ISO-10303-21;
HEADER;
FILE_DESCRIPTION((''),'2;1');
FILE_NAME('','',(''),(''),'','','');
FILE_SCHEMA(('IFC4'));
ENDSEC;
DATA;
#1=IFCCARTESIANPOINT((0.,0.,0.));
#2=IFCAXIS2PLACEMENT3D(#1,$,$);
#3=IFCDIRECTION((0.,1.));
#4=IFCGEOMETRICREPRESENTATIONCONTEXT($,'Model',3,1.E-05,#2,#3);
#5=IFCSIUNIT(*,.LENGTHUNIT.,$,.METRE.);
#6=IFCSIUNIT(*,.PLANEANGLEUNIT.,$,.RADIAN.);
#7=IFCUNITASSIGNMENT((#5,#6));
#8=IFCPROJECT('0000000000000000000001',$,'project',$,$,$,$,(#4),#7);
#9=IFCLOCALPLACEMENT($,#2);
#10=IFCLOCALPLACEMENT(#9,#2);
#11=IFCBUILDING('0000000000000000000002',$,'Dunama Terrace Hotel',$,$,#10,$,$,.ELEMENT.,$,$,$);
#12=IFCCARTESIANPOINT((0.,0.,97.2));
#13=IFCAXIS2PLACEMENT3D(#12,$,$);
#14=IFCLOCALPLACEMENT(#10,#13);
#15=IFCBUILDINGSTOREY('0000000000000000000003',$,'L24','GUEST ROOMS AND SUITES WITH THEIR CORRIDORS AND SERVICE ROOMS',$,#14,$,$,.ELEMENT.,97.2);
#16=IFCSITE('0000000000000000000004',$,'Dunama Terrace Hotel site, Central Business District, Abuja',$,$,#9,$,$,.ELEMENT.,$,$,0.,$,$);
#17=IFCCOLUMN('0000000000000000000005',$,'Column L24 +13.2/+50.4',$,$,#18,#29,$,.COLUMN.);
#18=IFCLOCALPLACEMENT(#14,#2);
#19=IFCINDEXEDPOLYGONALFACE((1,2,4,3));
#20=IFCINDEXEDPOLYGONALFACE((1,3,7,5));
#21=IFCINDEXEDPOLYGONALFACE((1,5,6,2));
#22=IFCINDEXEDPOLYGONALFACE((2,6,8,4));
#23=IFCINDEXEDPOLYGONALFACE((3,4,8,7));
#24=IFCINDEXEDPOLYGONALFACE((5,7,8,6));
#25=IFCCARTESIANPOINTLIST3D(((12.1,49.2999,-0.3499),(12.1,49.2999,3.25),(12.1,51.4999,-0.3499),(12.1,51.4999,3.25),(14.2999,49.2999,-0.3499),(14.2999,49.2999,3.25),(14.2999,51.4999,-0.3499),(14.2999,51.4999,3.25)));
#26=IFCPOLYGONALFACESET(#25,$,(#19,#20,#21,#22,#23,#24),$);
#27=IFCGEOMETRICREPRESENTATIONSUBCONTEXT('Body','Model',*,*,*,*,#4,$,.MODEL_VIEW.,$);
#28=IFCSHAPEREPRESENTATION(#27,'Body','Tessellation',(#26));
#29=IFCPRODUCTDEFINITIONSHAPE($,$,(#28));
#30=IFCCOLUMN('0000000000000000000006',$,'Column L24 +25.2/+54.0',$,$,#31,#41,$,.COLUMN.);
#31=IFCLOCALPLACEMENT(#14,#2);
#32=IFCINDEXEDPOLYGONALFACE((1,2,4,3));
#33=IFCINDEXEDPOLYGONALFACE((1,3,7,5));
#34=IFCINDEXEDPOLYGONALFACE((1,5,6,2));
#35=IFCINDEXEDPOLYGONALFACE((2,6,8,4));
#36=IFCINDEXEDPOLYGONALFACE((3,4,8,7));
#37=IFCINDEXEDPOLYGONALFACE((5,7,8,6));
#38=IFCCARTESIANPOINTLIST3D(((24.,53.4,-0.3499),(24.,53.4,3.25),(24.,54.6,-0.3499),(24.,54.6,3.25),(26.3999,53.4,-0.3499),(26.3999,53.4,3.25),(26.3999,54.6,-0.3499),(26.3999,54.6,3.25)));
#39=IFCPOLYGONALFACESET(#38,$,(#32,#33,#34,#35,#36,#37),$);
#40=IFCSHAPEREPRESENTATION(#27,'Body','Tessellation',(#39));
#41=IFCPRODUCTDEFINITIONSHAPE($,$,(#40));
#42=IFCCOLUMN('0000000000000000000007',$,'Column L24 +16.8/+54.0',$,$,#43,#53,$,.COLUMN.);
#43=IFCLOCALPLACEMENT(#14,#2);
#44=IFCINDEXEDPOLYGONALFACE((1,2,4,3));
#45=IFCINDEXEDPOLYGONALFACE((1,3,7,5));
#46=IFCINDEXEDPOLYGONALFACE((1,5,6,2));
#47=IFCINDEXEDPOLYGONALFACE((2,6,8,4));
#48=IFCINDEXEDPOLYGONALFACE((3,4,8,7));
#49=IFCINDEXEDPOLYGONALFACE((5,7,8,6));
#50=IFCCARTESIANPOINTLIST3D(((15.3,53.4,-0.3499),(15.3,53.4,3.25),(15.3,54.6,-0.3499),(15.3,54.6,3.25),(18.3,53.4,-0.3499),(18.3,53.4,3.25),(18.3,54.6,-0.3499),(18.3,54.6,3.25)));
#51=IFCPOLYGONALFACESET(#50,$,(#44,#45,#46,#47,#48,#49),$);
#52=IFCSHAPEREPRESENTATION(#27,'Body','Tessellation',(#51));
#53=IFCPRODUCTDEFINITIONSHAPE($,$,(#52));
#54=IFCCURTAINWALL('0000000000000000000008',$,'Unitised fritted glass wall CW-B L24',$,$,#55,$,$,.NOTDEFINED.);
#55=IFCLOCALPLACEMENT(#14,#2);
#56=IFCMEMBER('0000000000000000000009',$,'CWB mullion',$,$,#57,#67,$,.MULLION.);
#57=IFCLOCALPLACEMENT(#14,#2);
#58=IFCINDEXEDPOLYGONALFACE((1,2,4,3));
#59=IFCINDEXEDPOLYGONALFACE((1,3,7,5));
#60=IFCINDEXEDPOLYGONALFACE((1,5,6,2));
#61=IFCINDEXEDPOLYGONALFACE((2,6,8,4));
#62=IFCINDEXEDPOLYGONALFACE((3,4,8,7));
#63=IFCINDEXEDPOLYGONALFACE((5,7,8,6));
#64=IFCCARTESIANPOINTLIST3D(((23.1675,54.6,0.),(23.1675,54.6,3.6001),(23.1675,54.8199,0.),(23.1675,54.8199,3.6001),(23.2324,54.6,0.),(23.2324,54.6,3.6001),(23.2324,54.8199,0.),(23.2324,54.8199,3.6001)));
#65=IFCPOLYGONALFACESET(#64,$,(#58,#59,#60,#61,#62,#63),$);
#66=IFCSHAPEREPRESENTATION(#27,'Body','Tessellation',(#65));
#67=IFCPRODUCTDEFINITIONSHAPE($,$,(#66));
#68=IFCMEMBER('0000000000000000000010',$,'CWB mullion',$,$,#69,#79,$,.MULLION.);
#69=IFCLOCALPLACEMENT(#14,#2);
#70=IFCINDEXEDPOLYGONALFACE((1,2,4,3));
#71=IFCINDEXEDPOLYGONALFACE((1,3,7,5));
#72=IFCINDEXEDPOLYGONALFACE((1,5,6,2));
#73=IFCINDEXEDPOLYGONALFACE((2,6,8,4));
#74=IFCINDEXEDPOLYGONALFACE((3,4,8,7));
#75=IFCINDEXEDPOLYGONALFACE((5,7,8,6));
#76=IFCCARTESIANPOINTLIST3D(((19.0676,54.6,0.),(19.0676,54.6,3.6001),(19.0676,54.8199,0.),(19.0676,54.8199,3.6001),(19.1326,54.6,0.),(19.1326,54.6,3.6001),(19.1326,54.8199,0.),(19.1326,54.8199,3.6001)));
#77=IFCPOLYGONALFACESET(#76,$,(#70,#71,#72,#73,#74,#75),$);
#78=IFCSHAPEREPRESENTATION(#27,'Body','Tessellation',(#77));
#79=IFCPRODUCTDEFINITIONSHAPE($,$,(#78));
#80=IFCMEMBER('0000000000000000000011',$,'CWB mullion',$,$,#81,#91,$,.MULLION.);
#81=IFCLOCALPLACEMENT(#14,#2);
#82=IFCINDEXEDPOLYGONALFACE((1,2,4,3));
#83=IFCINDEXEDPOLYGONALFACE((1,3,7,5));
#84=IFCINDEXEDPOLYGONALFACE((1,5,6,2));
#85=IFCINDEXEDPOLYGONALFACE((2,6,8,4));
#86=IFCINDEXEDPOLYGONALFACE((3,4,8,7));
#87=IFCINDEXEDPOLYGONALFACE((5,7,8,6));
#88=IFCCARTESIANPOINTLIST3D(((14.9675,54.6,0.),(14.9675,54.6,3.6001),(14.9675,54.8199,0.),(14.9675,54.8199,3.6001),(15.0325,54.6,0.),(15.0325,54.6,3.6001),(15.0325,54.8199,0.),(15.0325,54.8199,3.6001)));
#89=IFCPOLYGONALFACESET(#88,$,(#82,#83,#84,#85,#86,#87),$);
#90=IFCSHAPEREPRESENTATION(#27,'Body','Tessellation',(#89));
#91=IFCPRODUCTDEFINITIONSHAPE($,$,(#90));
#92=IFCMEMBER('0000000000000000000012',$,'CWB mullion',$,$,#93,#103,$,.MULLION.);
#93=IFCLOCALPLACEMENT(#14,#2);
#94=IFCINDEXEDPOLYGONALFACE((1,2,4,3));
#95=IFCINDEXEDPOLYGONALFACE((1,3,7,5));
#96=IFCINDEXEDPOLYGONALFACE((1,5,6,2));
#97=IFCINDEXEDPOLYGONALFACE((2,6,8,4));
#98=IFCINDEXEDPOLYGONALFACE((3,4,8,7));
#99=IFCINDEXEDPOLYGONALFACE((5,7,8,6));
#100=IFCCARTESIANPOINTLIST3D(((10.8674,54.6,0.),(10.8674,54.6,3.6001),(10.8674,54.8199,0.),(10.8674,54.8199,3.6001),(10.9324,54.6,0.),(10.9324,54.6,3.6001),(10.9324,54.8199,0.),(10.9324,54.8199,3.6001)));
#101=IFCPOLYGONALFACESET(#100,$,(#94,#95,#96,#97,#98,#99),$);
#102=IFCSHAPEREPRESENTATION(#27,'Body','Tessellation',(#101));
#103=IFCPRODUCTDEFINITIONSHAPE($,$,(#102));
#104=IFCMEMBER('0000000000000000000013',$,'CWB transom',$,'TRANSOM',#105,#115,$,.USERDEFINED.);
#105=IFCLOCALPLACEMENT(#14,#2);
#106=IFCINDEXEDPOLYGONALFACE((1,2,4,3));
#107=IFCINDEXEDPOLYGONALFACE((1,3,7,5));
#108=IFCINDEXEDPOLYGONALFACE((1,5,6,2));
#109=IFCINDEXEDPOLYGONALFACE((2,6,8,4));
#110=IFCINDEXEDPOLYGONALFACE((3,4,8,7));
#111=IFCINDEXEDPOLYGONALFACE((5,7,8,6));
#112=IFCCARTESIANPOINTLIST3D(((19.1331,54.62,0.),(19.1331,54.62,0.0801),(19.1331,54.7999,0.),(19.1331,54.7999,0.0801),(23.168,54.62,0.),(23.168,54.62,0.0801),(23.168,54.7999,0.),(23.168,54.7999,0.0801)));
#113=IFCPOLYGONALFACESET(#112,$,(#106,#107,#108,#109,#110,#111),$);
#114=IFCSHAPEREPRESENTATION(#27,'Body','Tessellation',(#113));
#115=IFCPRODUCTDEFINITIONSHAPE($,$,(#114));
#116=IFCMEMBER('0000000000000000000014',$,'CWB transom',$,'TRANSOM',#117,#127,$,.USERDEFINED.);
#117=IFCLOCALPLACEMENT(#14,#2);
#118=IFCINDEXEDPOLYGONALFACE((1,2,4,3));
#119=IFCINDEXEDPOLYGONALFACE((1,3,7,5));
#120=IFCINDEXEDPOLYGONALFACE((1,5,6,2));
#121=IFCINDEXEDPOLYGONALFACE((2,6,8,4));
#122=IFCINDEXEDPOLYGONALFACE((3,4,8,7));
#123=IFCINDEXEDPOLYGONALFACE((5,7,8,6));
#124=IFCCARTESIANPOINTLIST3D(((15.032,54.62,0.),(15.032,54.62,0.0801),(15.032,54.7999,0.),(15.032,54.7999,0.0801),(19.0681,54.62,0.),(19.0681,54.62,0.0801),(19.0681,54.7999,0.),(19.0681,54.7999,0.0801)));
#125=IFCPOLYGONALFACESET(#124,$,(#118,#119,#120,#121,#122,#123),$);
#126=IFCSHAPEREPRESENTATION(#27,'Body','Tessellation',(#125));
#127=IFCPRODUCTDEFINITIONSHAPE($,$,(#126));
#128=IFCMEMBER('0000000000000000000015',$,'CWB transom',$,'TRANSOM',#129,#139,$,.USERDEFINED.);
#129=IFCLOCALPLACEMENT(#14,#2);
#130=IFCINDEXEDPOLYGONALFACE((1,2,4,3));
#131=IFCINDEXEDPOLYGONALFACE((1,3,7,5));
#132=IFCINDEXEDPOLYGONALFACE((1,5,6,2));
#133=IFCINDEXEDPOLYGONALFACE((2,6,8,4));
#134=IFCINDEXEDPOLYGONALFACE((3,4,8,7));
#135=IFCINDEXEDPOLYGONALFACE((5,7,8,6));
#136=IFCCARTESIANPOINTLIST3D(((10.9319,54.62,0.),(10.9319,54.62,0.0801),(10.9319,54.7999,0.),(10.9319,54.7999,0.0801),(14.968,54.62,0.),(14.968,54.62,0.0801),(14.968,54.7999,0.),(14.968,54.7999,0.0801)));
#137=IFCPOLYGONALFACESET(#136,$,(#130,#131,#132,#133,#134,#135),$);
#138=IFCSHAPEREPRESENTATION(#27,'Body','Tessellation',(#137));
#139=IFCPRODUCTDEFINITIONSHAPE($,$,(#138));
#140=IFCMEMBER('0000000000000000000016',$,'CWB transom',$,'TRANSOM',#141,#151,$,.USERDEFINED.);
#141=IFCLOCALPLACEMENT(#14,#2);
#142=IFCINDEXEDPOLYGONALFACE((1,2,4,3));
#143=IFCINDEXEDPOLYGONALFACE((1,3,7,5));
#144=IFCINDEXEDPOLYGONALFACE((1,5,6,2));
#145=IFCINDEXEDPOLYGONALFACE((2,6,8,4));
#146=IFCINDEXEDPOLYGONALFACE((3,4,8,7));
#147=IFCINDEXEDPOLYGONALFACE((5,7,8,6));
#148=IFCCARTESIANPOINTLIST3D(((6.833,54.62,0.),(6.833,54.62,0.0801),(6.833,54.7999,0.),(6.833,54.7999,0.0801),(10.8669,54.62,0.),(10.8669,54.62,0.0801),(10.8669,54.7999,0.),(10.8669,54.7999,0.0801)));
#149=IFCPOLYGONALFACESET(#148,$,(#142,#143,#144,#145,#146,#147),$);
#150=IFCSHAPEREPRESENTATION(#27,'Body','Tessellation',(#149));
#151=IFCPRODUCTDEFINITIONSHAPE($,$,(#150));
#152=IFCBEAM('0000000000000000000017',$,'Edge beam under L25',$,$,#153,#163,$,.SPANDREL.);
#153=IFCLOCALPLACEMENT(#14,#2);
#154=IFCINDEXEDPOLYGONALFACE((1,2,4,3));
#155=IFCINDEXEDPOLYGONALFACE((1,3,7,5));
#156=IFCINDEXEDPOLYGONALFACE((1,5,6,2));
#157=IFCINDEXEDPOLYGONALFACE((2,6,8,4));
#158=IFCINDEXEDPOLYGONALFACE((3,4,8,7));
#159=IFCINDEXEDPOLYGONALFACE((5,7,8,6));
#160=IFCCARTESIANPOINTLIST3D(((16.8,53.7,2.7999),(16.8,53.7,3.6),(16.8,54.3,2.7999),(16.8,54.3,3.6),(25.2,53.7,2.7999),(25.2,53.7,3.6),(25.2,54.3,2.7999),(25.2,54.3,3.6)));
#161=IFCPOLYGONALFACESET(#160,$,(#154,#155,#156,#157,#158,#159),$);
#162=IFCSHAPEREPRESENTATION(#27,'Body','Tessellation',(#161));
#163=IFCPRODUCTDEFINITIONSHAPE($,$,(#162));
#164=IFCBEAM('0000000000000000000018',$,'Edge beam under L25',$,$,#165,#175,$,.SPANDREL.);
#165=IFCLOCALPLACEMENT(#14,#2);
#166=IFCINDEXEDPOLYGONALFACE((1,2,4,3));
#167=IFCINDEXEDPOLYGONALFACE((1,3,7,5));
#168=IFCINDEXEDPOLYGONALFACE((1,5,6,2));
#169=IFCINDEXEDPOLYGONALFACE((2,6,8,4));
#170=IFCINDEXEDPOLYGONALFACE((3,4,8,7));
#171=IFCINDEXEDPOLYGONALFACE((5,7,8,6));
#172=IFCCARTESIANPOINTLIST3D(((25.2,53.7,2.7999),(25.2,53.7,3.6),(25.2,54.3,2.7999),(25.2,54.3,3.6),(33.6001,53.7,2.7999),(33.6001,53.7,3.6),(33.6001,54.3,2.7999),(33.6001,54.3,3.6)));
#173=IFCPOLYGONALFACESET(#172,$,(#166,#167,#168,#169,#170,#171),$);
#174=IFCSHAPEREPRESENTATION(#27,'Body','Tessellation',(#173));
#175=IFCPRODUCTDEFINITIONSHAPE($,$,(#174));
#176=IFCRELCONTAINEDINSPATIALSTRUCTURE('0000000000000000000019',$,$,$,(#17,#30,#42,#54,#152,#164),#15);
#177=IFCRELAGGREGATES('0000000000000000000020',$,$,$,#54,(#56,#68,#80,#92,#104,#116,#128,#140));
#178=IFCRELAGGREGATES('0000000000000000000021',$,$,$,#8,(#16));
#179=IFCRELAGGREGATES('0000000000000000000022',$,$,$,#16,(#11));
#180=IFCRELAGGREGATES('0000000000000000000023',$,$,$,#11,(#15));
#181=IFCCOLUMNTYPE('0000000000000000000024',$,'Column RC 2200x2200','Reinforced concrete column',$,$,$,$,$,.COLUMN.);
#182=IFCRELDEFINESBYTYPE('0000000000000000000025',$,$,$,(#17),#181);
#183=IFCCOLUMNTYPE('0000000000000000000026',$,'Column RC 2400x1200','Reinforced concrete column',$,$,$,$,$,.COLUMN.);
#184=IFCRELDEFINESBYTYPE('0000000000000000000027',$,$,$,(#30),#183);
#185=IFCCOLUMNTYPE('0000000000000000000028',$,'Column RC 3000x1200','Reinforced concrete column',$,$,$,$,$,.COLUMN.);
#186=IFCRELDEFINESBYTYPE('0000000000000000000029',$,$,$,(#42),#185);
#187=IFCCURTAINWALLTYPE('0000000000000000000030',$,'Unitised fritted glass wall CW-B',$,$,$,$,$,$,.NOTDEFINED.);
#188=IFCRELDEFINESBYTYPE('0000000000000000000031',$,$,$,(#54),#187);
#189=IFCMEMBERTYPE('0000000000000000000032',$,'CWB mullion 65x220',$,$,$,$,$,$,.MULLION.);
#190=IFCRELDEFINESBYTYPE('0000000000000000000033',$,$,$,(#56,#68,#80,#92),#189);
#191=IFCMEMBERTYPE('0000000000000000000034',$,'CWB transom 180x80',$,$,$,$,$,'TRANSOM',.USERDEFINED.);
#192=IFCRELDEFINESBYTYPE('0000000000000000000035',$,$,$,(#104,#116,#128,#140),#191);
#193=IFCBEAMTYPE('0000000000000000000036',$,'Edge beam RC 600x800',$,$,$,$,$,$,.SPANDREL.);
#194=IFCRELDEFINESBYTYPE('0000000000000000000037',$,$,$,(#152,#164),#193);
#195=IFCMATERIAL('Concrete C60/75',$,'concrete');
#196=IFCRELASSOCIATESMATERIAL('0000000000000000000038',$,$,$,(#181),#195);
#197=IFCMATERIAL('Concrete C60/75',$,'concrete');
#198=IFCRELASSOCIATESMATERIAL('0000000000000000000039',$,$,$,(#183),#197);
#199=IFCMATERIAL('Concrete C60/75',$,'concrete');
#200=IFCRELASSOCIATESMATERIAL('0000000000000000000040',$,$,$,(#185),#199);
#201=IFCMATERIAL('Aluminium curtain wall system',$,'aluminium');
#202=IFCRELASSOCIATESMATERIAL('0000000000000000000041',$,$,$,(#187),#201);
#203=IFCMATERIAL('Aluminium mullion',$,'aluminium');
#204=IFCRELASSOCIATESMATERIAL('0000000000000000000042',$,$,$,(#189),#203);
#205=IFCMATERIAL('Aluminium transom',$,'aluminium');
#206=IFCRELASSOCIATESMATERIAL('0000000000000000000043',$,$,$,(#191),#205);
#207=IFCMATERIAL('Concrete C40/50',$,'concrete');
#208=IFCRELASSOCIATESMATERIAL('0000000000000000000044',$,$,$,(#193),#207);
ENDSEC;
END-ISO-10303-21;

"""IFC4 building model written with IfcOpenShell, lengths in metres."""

from ifc_helpers import new_model, si_unit, direction, frame, origin, origin_2d, place, context, subcontext, project, spatial, rectangle, extrude, material, material_profile, profile_set, type_object, element, aggregate, save


model = new_model("IFC4")

# Units and contexts
model_context = context("Model", 3, precision=1e-05, world=origin(), true_north=direction((0.0, 1.0)))
body_context = subcontext(model_context, "Body", "Model", "MODEL_VIEW")
ifc_project = project(units=[si_unit("LENGTHUNIT", "METRE"), si_unit("PLANEANGLEUNIT", "RADIAN")], contexts=[model_context])

# Site, building, storey
site_placement = place(None, origin())
site = spatial("IfcSite", under=ifc_project, at=site_placement, Name="Dunama Terrace Hotel site, Central Business District, Abuja", CompositionType="ELEMENT", RefElevation=0.0)
building_placement = place(site_placement, origin())
building = spatial("IfcBuilding", under=site, at=building_placement, Name="Dunama Terrace Hotel", CompositionType="ELEMENT")
storey_placement = place(building_placement, frame((0.0, 0.0, 97.2)))
storey = spatial("IfcBuildingStorey", under=building, at=storey_placement, Name="L24", Description="GUEST ROOMS AND SUITES WITH THEIR CORRIDORS AND SERVICE ROOMS", CompositionType="ELEMENT", Elevation=97.2)

# Columns
ifc_material_1 = material(Name="Concrete C60/75", Category="concrete")
ifc_material_profile_1 = material_profile(ifc_material_1, rectangle(XDim=2.2, YDim=2.2, at=origin_2d()), Name="RC 2200x2200")
ifc_profile_set_1 = profile_set([ifc_material_profile_1], Name="Concrete C60/75")
column_type_1 = type_object("IfcColumnType", Name="Column RC 2200x2200", Description="Reinforced concrete column", PredefinedType="COLUMN", material=ifc_profile_set_1)
column_1_placement = place(storey_placement, frame((13.2, 50.3999, -0.3499), z_axis=(0.0, 0.0, 1.0), x_axis=(1.0, 0.0, 0.0)))
element("IfcColumn", 1, at=column_1_placement, inside=storey, type_object=column_type_1, Name="Column L24 +13.2/+50.4", PredefinedType="COLUMN", context=body_context, shape_type="SweptSolid", body=[
    extrude(rectangle(XDim=2.2, YDim=2.2, at=origin_2d()), origin(), (0.0, 0.0, 1.0), 3.5999),
])
ifc_material_2 = material(Name="Concrete C60/75", Category="concrete")
ifc_material_profile_2 = material_profile(ifc_material_2, rectangle(XDim=2.3999, YDim=1.2, at=origin_2d()), Name="RC 2400x1200")
ifc_profile_set_2 = profile_set([ifc_material_profile_2], Name="Concrete C60/75")
column_type_2 = type_object("IfcColumnType", Name="Column RC 2400x1200", Description="Reinforced concrete column", PredefinedType="COLUMN", material=ifc_profile_set_2)
column_2_placement = place(storey_placement, frame((25.2, 54.0, -0.3499), z_axis=(0.0, 0.0, 1.0), x_axis=(1.0, 0.0, 0.0)))
element("IfcColumn", 2, at=column_2_placement, inside=storey, type_object=column_type_2, Name="Column L24 +25.2/+54.0", PredefinedType="COLUMN", context=body_context, shape_type="SweptSolid", body=[
    extrude(rectangle(XDim=2.3999, YDim=1.2, at=origin_2d()), origin(), (0.0, 0.0, 1.0), 3.5999),
])
ifc_material_3 = material(Name="Concrete C60/75", Category="concrete")
ifc_material_profile_3 = material_profile(ifc_material_3, rectangle(XDim=3.0, YDim=1.2, at=origin_2d()), Name="RC 3000x1200")
ifc_profile_set_3 = profile_set([ifc_material_profile_3], Name="Concrete C60/75")
column_type_3 = type_object("IfcColumnType", Name="Column RC 3000x1200", Description="Reinforced concrete column", PredefinedType="COLUMN", material=ifc_profile_set_3)
column_3_placement = place(storey_placement, frame((16.8, 54.0, -0.3499), z_axis=(0.0, 0.0, 1.0), x_axis=(1.0, 0.0, 0.0)))
element("IfcColumn", 3, at=column_3_placement, inside=storey, type_object=column_type_3, Name="Column L24 +16.8/+54.0", PredefinedType="COLUMN", context=body_context, shape_type="SweptSolid", body=[
    extrude(rectangle(XDim=3.0, YDim=1.2, at=origin_2d()), origin(), (0.0, 0.0, 1.0), 3.5999),
])

# Curtain wall, members
ifc_material_4 = material(Name="Aluminium curtain wall system", Category="aluminium")
curtain_wall_type = type_object("IfcCurtainWallType", Name="Unitised fritted glass wall CW-B", PredefinedType="NOTDEFINED", material=ifc_material_4)
curtain_wall_placement = place(storey_placement, origin())
curtain_wall = element("IfcCurtainWall", 4, at=curtain_wall_placement, inside=storey, type_object=curtain_wall_type, Name="Unitised fritted glass wall CW-B L24", PredefinedType="NOTDEFINED")
ifc_material_5 = material(Name="Aluminium mullion", Category="aluminium")
ifc_material_profile_4 = material_profile(ifc_material_5, rectangle(XDim=0.0649, YDim=0.22, at=origin_2d()), Name="CWB MULLION 65X220")
ifc_profile_set_4 = profile_set([ifc_material_profile_4], Name="Aluminium mullion")
member_type_1 = type_object("IfcMemberType", Name="CWB mullion 65x220", PredefinedType="MULLION", material=ifc_profile_set_4)
member_1_placement = place(storey_placement, frame((23.2, 54.71, 0.0), z_axis=(0.0, 0.0, 1.0), x_axis=(-1.0, 0.0, 0.0)))
member_1 = element("IfcMember", 5, at=member_1_placement, type_object=member_type_1, Name="CWB mullion", PredefinedType="MULLION", context=body_context, shape_type="SweptSolid", body=[
    extrude(rectangle(XDim=0.0649, YDim=0.22, at=origin_2d()), origin(), (0.0, 0.0, 1.0), 3.6001),
])
member_2_placement = place(storey_placement, frame((19.1001, 54.71, 0.0), z_axis=(0.0, 0.0, 1.0), x_axis=(-1.0, 0.0, 0.0)))
member_2 = element("IfcMember", 6, at=member_2_placement, type_object=member_type_1, Name="CWB mullion", PredefinedType="MULLION", context=body_context, shape_type="SweptSolid", body=[
    extrude(rectangle(XDim=0.0649, YDim=0.22, at=origin_2d()), origin(), (0.0, 0.0, 1.0), 3.6001),
])
member_3_placement = place(storey_placement, frame((15.0, 54.71, 0.0), z_axis=(0.0, 0.0, 1.0), x_axis=(-1.0, 0.0, 0.0)))
member_3 = element("IfcMember", 7, at=member_3_placement, type_object=member_type_1, Name="CWB mullion", PredefinedType="MULLION", context=body_context, shape_type="SweptSolid", body=[
    extrude(rectangle(XDim=0.0649, YDim=0.22, at=origin_2d()), origin(), (0.0, 0.0, 1.0), 3.6001),
])
member_4_placement = place(storey_placement, frame((10.8999, 54.71, 0.0), z_axis=(0.0, 0.0, 1.0), x_axis=(-1.0, 0.0, 0.0)))
member_4 = element("IfcMember", 8, at=member_4_placement, type_object=member_type_1, Name="CWB mullion", PredefinedType="MULLION", context=body_context, shape_type="SweptSolid", body=[
    extrude(rectangle(XDim=0.0649, YDim=0.22, at=origin_2d()), origin(), (0.0, 0.0, 1.0), 3.6001),
])
ifc_material_6 = material(Name="Aluminium transom", Category="aluminium")
ifc_material_profile_5 = material_profile(ifc_material_6, rectangle(XDim=0.1799, YDim=0.0801, at=origin_2d()), Name="CWB TRANSOM 180X80")
ifc_profile_set_5 = profile_set([ifc_material_profile_5], Name="Aluminium transom")
member_type_2 = type_object("IfcMemberType", Name="CWB transom 180x80", ElementType="TRANSOM", PredefinedType="USERDEFINED", material=ifc_profile_set_5)
member_5_placement = place(storey_placement, frame((23.168, 54.71, 0.04), z_axis=(-1.0, 0.0, 0.0), x_axis=(0.0, -1.0, 0.0)))
member_5 = element("IfcMember", 9, at=member_5_placement, type_object=member_type_2, Name="CWB transom", ObjectType="TRANSOM", PredefinedType="USERDEFINED", context=body_context, shape_type="SweptSolid", body=[
    extrude(rectangle(XDim=0.1799, YDim=0.0801, at=origin_2d()), origin(), (0.0, 0.0, 1.0), 4.0349),
])
member_6_placement = place(storey_placement, frame((19.0681, 54.71, 0.04), z_axis=(-1.0, 0.0, 0.0), x_axis=(0.0, -1.0, 0.0)))
member_6 = element("IfcMember", 10, at=member_6_placement, type_object=member_type_2, Name="CWB transom", ObjectType="TRANSOM", PredefinedType="USERDEFINED", context=body_context, shape_type="SweptSolid", body=[
    extrude(rectangle(XDim=0.1799, YDim=0.0801, at=origin_2d()), origin(), (0.0, 0.0, 1.0), 4.0361),
])
member_7_placement = place(storey_placement, frame((14.968, 54.71, 0.04), z_axis=(-1.0, 0.0, 0.0), x_axis=(0.0, -1.0, 0.0)))
member_7 = element("IfcMember", 11, at=member_7_placement, type_object=member_type_2, Name="CWB transom", ObjectType="TRANSOM", PredefinedType="USERDEFINED", context=body_context, shape_type="SweptSolid", body=[
    extrude(rectangle(XDim=0.1799, YDim=0.0801, at=origin_2d()), origin(), (0.0, 0.0, 1.0), 4.0361),
])
member_8_placement = place(storey_placement, frame((10.8669, 54.71, 0.04), z_axis=(-1.0, 0.0, 0.0), x_axis=(0.0, -1.0, 0.0)))
member_8 = element("IfcMember", 12, at=member_8_placement, type_object=member_type_2, Name="CWB transom", ObjectType="TRANSOM", PredefinedType="USERDEFINED", context=body_context, shape_type="SweptSolid", body=[
    extrude(rectangle(XDim=0.1799, YDim=0.0801, at=origin_2d()), origin(), (0.0, 0.0, 1.0), 4.0339),
])

# Beams
ifc_material_7 = material(Name="Concrete C40/50", Category="concrete")
ifc_material_profile_6 = material_profile(ifc_material_7, rectangle(XDim=0.6001, YDim=0.8, at=origin_2d()), Name="RC 600x800")
ifc_profile_set_6 = profile_set([ifc_material_profile_6], Name="Concrete C40/50")
beam_type = type_object("IfcBeamType", Name="Edge beam RC 600x800", PredefinedType="SPANDREL", material=ifc_profile_set_6)
beam_1_placement = place(storey_placement, frame((16.8, 54.0, 3.2), z_axis=(1.0, 0.0, 0.0), x_axis=(0.0, 1.0, 0.0)))
element("IfcBeam", 13, at=beam_1_placement, inside=storey, type_object=beam_type, Name="Edge beam under L25", PredefinedType="SPANDREL", context=body_context, shape_type="SweptSolid", body=[
    extrude(rectangle(XDim=0.6001, YDim=0.8, at=origin_2d()), origin(), (0.0, 0.0, 1.0), 8.3999),
])
beam_2_placement = place(storey_placement, frame((25.2, 54.0, 3.2), z_axis=(1.0, 0.0, 0.0), x_axis=(0.0, 1.0, 0.0)))
element("IfcBeam", 14, at=beam_2_placement, inside=storey, type_object=beam_type, Name="Edge beam under L25", PredefinedType="SPANDREL", context=body_context, shape_type="SweptSolid", body=[
    extrude(rectangle(XDim=0.6001, YDim=0.8, at=origin_2d()), origin(), (0.0, 0.0, 1.0), 8.4001),
])

aggregate(curtain_wall, [member_1, member_2, member_3, member_4, member_5, member_6, member_7, member_8])

save(model, "model.ifc")
